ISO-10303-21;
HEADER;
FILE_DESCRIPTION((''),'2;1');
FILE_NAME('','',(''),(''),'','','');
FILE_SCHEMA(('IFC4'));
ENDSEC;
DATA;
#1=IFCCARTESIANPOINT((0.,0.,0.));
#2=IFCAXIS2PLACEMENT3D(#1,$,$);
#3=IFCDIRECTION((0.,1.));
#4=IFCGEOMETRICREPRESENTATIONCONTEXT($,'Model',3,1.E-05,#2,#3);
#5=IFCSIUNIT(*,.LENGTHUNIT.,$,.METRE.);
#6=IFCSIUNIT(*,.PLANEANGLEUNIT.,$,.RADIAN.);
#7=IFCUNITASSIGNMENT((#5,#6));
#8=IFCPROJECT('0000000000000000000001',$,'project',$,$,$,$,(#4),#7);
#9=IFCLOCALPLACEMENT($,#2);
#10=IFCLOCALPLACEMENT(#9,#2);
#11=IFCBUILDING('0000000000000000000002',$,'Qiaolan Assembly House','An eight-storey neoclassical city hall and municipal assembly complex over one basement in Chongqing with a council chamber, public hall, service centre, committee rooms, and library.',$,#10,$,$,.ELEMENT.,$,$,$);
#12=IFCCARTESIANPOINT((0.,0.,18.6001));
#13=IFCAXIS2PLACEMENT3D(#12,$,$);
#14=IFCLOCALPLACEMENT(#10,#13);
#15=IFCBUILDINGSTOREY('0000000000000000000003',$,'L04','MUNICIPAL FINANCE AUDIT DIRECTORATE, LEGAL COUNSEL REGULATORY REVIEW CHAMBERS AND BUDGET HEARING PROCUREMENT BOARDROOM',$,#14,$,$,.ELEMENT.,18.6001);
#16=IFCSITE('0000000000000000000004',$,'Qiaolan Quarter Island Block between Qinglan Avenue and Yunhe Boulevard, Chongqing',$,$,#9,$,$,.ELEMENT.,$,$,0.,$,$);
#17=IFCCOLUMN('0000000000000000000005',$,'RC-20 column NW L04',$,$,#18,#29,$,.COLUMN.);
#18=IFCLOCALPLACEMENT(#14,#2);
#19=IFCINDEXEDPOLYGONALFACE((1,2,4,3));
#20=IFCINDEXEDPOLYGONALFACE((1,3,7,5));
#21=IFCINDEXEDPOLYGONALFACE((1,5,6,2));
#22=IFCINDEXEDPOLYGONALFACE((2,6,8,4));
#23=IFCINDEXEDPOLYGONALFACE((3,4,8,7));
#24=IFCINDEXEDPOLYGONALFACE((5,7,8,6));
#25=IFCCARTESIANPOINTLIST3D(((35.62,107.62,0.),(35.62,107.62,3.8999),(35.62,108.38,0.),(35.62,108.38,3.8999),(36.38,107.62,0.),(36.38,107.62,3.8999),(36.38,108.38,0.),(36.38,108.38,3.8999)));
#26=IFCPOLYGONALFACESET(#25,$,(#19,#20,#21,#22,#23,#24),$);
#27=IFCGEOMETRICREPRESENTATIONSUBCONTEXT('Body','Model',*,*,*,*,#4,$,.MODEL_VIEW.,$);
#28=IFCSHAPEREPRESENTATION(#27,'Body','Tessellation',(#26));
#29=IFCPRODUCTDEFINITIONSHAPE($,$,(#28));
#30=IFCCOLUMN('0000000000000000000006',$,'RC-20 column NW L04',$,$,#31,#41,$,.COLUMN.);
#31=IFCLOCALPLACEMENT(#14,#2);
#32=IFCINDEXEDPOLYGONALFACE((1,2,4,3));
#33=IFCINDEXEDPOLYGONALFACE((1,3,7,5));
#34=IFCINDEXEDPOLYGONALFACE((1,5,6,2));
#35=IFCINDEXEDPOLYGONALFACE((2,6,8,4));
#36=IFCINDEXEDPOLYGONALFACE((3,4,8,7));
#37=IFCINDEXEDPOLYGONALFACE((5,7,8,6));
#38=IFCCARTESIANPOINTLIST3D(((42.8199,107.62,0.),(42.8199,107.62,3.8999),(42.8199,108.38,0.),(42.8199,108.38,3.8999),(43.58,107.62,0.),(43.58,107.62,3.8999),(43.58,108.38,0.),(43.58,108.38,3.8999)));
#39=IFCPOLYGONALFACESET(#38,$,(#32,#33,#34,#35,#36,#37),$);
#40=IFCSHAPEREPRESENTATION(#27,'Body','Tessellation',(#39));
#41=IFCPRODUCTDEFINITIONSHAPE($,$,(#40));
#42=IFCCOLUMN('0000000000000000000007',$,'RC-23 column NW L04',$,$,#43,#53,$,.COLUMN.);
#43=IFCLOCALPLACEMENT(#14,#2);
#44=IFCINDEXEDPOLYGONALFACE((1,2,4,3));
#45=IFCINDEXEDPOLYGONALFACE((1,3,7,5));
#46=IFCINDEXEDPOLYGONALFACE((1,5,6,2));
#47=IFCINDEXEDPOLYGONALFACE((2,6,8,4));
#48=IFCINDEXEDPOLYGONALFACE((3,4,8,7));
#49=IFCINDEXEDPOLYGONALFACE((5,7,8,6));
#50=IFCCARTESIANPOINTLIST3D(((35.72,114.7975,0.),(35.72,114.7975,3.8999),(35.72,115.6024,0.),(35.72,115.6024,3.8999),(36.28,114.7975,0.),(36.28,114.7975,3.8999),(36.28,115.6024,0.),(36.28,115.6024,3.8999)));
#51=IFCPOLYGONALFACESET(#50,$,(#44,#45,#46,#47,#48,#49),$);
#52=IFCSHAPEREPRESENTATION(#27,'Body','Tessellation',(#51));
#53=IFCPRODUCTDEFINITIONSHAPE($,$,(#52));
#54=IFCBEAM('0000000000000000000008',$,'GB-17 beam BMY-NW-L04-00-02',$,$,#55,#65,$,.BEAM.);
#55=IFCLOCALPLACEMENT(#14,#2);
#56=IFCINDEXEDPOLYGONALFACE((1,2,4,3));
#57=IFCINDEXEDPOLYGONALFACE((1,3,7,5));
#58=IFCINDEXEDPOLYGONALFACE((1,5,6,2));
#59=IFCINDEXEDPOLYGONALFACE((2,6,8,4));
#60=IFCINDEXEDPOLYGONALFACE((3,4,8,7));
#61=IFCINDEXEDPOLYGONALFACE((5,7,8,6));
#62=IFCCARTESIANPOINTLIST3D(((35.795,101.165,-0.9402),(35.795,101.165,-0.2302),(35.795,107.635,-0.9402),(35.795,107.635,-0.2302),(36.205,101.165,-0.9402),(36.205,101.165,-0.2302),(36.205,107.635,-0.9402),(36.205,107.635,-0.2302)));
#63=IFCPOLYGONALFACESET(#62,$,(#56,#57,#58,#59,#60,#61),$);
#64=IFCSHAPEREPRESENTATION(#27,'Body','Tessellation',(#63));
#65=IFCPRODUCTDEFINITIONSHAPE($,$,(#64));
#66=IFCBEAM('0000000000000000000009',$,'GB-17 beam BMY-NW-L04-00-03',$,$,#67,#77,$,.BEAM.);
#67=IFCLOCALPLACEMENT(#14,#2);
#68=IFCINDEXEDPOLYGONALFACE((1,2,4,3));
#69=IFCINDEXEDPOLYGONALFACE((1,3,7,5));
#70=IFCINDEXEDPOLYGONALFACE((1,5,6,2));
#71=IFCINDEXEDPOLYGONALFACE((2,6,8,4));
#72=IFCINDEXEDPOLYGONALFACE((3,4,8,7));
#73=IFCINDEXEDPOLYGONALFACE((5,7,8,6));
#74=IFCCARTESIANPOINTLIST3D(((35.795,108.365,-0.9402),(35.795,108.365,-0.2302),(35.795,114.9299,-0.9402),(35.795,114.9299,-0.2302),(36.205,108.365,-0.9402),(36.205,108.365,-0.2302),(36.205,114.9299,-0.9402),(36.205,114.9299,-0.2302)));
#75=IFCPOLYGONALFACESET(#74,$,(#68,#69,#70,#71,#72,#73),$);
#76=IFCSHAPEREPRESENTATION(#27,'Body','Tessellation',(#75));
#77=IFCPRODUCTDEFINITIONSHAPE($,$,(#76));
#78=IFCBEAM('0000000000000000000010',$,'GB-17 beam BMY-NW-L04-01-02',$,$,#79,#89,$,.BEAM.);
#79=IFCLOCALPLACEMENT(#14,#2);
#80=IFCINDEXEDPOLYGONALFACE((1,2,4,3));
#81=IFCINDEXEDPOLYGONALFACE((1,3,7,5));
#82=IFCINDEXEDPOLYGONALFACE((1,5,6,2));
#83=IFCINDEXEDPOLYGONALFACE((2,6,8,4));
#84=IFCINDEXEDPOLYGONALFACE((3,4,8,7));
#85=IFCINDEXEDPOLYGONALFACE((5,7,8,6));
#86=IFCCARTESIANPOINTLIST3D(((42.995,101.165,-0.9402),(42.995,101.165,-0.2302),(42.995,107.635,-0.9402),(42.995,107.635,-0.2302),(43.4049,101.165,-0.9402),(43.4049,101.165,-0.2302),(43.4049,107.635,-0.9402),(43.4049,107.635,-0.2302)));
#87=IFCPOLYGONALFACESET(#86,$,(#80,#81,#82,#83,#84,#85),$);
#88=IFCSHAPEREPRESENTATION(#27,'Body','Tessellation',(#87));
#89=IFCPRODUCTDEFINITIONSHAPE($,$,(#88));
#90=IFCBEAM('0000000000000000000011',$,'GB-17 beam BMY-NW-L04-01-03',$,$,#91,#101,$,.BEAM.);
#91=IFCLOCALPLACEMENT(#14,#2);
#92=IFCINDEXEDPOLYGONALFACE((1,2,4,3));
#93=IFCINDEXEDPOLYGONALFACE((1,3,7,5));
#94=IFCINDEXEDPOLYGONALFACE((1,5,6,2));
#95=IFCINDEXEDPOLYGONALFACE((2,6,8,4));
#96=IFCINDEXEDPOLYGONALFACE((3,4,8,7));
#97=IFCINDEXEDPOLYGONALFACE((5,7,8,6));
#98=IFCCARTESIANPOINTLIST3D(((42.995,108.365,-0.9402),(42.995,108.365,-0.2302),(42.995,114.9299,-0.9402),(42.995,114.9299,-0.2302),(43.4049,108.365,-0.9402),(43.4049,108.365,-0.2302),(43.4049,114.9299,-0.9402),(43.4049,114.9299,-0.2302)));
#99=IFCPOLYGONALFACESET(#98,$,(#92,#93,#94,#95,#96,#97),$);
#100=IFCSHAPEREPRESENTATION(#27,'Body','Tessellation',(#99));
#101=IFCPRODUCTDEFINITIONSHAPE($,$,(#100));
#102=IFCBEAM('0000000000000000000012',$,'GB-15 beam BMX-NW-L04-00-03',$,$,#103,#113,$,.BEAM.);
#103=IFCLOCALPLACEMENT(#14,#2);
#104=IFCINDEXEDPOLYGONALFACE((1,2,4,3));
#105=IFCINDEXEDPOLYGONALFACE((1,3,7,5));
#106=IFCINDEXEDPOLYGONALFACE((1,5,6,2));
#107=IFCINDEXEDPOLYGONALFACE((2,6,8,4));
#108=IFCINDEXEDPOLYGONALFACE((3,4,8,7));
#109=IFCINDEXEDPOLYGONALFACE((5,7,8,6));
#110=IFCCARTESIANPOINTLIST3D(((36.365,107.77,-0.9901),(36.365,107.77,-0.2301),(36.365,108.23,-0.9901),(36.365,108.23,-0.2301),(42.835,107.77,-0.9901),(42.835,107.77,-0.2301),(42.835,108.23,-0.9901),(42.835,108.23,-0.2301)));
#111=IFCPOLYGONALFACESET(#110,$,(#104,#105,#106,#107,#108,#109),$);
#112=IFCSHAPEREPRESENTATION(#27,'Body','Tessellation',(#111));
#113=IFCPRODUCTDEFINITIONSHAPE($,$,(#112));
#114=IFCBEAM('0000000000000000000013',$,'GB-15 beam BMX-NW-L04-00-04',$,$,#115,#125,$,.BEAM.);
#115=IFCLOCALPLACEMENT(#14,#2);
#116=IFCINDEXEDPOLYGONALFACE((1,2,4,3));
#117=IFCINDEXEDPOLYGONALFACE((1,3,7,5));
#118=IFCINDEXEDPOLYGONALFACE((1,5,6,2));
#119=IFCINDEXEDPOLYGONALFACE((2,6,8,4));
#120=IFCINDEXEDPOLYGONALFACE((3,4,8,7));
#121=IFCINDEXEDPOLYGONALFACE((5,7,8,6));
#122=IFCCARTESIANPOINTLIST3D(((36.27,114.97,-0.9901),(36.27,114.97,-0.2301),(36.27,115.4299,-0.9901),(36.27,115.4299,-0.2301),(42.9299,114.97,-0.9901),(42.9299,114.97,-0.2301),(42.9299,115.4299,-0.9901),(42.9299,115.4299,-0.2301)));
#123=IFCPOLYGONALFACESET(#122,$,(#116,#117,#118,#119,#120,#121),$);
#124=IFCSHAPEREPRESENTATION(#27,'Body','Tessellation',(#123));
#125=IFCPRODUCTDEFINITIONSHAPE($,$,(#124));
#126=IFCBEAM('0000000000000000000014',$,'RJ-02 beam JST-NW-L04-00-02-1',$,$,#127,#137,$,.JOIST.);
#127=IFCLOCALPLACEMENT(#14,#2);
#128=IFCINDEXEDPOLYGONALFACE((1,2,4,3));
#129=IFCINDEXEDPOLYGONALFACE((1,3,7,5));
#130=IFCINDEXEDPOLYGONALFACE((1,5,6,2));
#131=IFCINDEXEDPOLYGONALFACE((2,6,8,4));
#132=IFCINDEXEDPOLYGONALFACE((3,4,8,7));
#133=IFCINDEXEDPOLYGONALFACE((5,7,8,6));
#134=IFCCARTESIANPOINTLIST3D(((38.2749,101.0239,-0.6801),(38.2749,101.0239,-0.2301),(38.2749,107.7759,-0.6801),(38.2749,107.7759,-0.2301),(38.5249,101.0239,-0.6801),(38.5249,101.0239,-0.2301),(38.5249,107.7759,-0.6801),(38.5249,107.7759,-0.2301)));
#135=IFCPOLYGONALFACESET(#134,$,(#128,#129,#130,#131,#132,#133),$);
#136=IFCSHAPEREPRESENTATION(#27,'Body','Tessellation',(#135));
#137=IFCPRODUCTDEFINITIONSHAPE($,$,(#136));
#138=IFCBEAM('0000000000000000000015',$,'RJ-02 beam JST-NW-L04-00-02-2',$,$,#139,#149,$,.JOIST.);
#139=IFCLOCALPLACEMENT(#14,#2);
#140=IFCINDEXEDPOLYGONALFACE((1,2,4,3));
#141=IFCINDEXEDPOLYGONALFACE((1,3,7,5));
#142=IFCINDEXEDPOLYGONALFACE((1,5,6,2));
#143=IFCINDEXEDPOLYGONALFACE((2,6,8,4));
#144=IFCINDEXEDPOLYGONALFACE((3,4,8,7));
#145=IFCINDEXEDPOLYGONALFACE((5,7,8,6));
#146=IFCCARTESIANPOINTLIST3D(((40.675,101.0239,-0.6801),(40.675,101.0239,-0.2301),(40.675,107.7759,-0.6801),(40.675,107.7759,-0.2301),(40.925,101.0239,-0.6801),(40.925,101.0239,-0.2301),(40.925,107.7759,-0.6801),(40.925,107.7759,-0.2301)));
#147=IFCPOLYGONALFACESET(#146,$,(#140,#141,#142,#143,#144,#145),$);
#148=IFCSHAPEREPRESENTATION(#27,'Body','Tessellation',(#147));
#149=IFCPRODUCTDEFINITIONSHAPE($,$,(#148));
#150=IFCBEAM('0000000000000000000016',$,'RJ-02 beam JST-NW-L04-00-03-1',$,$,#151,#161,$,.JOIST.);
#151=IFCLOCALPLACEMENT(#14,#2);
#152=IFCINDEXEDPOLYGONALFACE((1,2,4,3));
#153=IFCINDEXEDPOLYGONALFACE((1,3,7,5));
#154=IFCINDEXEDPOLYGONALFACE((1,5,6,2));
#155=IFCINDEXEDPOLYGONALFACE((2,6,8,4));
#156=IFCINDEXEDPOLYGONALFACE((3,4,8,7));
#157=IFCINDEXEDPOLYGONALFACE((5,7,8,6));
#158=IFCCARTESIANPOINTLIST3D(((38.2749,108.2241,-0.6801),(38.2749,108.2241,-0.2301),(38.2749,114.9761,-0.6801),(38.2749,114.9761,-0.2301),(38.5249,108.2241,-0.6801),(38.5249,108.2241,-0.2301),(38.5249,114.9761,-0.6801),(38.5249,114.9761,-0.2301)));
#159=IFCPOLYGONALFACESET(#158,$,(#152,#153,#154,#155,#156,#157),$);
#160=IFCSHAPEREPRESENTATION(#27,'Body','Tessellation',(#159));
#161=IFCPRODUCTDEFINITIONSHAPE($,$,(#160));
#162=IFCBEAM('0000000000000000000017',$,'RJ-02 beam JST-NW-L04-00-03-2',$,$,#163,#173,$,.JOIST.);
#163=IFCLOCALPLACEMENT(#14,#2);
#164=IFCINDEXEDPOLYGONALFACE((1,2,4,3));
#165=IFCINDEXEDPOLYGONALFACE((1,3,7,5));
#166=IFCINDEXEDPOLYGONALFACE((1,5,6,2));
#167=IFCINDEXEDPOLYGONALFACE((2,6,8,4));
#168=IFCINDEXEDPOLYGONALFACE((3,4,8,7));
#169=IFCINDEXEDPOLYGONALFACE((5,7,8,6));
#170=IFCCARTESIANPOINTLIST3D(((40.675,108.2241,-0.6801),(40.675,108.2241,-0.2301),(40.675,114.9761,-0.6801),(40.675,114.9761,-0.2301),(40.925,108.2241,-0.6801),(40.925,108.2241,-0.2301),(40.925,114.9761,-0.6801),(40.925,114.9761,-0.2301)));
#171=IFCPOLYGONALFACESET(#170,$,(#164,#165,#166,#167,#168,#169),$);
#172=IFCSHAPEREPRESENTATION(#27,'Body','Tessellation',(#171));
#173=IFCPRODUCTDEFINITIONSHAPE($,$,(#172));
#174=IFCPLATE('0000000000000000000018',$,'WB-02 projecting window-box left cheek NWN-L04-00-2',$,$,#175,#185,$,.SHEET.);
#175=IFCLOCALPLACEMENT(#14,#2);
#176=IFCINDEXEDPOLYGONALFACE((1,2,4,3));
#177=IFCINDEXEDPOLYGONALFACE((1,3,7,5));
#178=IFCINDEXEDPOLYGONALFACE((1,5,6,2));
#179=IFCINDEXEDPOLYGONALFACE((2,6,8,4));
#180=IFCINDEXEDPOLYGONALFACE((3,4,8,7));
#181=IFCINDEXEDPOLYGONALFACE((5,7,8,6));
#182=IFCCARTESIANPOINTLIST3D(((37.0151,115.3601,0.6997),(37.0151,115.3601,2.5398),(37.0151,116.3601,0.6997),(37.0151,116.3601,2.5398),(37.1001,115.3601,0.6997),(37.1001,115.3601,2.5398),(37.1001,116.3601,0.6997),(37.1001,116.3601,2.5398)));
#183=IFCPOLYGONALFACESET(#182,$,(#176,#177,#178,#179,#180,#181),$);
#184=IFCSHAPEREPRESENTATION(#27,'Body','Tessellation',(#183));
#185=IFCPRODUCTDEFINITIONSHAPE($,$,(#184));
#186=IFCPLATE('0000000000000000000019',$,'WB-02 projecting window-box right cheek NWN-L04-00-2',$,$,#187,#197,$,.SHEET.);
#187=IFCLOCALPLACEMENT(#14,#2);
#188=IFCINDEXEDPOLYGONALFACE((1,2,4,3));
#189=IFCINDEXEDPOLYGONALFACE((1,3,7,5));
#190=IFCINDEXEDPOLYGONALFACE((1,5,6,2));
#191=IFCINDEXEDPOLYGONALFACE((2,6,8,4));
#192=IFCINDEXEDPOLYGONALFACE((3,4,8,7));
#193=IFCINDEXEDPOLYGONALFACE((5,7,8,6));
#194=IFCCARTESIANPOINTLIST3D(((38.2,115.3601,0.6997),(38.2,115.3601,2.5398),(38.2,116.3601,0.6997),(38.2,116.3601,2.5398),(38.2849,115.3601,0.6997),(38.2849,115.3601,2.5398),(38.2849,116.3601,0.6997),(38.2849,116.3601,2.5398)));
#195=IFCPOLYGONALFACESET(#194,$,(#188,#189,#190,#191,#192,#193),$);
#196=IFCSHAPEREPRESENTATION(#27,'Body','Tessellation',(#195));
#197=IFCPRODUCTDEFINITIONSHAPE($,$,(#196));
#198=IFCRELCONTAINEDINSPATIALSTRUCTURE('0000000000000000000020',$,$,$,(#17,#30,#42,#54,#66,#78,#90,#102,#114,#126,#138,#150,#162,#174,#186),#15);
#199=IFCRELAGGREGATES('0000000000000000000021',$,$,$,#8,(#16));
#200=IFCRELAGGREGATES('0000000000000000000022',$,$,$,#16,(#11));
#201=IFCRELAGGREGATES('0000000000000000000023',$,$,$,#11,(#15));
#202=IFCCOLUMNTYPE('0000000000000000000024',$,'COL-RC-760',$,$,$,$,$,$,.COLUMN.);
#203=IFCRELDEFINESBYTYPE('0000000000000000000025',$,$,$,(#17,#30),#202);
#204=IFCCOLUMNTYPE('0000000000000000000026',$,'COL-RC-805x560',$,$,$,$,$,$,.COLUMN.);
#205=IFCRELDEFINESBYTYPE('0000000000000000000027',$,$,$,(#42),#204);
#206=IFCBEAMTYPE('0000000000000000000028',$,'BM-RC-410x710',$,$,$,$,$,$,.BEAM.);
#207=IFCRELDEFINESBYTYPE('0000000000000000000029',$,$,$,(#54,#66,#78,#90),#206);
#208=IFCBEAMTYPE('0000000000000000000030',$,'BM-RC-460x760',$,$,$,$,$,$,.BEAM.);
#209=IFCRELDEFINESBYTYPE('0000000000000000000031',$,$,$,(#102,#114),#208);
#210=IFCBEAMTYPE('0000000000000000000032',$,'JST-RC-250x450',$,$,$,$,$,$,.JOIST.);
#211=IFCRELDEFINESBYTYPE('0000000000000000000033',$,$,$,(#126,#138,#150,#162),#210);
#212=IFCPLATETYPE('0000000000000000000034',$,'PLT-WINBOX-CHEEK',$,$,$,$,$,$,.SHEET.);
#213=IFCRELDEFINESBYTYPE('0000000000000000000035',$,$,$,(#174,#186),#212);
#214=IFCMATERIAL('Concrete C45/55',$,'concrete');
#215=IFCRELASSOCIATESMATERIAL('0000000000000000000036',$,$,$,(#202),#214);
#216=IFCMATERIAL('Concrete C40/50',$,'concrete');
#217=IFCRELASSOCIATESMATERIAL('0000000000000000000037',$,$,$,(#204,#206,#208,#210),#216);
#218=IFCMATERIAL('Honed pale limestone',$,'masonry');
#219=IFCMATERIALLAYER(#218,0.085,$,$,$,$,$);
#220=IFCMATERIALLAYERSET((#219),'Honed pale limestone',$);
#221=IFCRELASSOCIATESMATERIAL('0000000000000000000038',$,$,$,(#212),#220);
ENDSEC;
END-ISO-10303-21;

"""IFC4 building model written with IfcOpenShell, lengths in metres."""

from ifc_helpers import new_model, si_unit, direction, frame, origin, origin_2d, place, context, subcontext, project, spatial, rectangle, extrude, material, layer, layer_set, material_profile, profile_set, type_object, element, save


model = new_model("IFC4")

# Units and contexts
model_context = context("Model", 3, precision=1e-05, world=origin(), true_north=direction((0.0, 1.0)))
body_context = subcontext(model_context, "Body", "Model", "MODEL_VIEW")
ifc_project = project(units=[si_unit("LENGTHUNIT", "METRE"), si_unit("PLANEANGLEUNIT", "RADIAN")], contexts=[model_context])

# Site, building, storey
site_placement = place(None, origin())
site = spatial("IfcSite", under=ifc_project, at=site_placement, Name="Qiaolan Quarter Island Block between Qinglan Avenue and Yunhe Boulevard, Chongqing", CompositionType="ELEMENT", RefElevation=0.0)
building_placement = place(site_placement, origin())
building = spatial("IfcBuilding", under=site, at=building_placement, Name="Qiaolan Assembly House", Description="An eight-storey neoclassical city hall and municipal assembly complex over one basement in Chongqing with a council chamber, public hall, service centre, committee rooms, and library.", CompositionType="ELEMENT")
storey_placement = place(building_placement, frame((0.0, 0.0, 18.6001)))
storey = spatial("IfcBuildingStorey", under=building, at=storey_placement, Name="L04", Description="MUNICIPAL FINANCE AUDIT DIRECTORATE, LEGAL COUNSEL REGULATORY REVIEW CHAMBERS AND BUDGET HEARING PROCUREMENT BOARDROOM", CompositionType="ELEMENT", Elevation=18.6001)

# Columns
ifc_material_1 = material(Name="Concrete C45/55", Category="concrete")
ifc_material_profile_1 = material_profile(ifc_material_1, rectangle(XDim=0.76, YDim=0.76, at=origin_2d()), Name="RC 760x760")
ifc_profile_set_1 = profile_set([ifc_material_profile_1], Name="Concrete C45/55")
column_type_1 = type_object("IfcColumnType", Name="COL-RC-760", PredefinedType="COLUMN", material=ifc_profile_set_1)
for number, where, z_axis, x_axis, name in (
    (1, (36.0, 108.0, 0.0), (0.0, 0.0, 1.0), (1.0, 0.0, 0.0), "RC-20 column NW L04"),
    (2, (43.2, 108.0, 0.0), (0.0, 0.0, 1.0), (1.0, 0.0, 0.0), "RC-20 column NW L04"),
):
    element("IfcColumn", number, at=place(storey_placement, frame(where, z_axis=z_axis, x_axis=x_axis)), inside=storey, type_object=column_type_1, Name=name, PredefinedType="COLUMN", context=body_context, shape_type="SweptSolid", body=[
        extrude(rectangle(XDim=0.76, YDim=0.76, at=origin_2d()), origin(), (0.0, 0.0, 1.0), 3.8999),
    ])
ifc_material_2 = material(Name="Concrete C40/50", Category="concrete")
ifc_material_profile_2 = material_profile(ifc_material_2, rectangle(XDim=0.5601, YDim=0.8049, at=origin_2d()), Name="RC 805x560")
ifc_profile_set_2 = profile_set([ifc_material_profile_2], Name="Concrete C40/50")
column_type_2 = type_object("IfcColumnType", Name="COL-RC-805x560", PredefinedType="COLUMN", material=ifc_profile_set_2)
column_placement = place(storey_placement, frame((36.0, 115.2, 0.0), z_axis=(0.0, 0.0, 1.0), x_axis=(1.0, 0.0, 0.0)))
element("IfcColumn", 3, at=column_placement, inside=storey, type_object=column_type_2, Name="RC-23 column NW L04", PredefinedType="COLUMN", context=body_context, shape_type="SweptSolid", body=[
    extrude(rectangle(XDim=0.5601, YDim=0.8049, at=origin_2d()), origin(), (0.0, 0.0, 1.0), 3.8999),
])

# Beams
ifc_material_profile_3 = material_profile(ifc_material_2, rectangle(XDim=0.4099, YDim=0.71, at=origin_2d()), Name="RCB 410x710")
ifc_profile_set_3 = profile_set([ifc_material_profile_3], Name="Concrete C40/50")
beam_type_1 = type_object("IfcBeamType", Name="BM-RC-410x710", PredefinedType="BEAM", material=ifc_profile_set_3)
beam_1_placement = place(storey_placement, frame((36.0, 101.165, -0.5852), z_axis=(0.0, 1.0, 0.0), x_axis=(-1.0, 0.0, 0.0)))
element("IfcBeam", 4, at=beam_1_placement, inside=storey, type_object=beam_type_1, Name="GB-17 beam BMY-NW-L04-00-02", PredefinedType="BEAM", context=body_context, shape_type="SweptSolid", body=[
    extrude(rectangle(XDim=0.4099, YDim=0.71, at=origin_2d()), origin(), (0.0, 0.0, 1.0), 6.47),
])
beam_2_placement = place(storey_placement, frame((36.0, 108.365, -0.5852), z_axis=(0.0, 1.0, 0.0), x_axis=(-1.0, 0.0, 0.0)))
element("IfcBeam", 5, at=beam_2_placement, inside=storey, type_object=beam_type_1, Name="GB-17 beam BMY-NW-L04-00-03", PredefinedType="BEAM", context=body_context, shape_type="SweptSolid", body=[
    extrude(rectangle(XDim=0.4099, YDim=0.71, at=origin_2d()), origin(), (0.0, 0.0, 1.0), 6.5649),
])
beam_3_placement = place(storey_placement, frame((43.2, 101.165, -0.5852), z_axis=(0.0, 1.0, 0.0), x_axis=(-1.0, 0.0, 0.0)))
element("IfcBeam", 6, at=beam_3_placement, inside=storey, type_object=beam_type_1, Name="GB-17 beam BMY-NW-L04-01-02", PredefinedType="BEAM", context=body_context, shape_type="SweptSolid", body=[
    extrude(rectangle(XDim=0.4099, YDim=0.71, at=origin_2d()), origin(), (0.0, 0.0, 1.0), 6.47),
])
beam_4_placement = place(storey_placement, frame((43.2, 108.365, -0.5852), z_axis=(0.0, 1.0, 0.0), x_axis=(-1.0, 0.0, 0.0)))
element("IfcBeam", 7, at=beam_4_placement, inside=storey, type_object=beam_type_1, Name="GB-17 beam BMY-NW-L04-01-03", PredefinedType="BEAM", context=body_context, shape_type="SweptSolid", body=[
    extrude(rectangle(XDim=0.4099, YDim=0.71, at=origin_2d()), origin(), (0.0, 0.0, 1.0), 6.5649),
])
ifc_material_profile_4 = material_profile(ifc_material_2, rectangle(XDim=0.46, YDim=0.76, at=origin_2d()), Name="RCB 460x760")
ifc_profile_set_4 = profile_set([ifc_material_profile_4], Name="Concrete C40/50")
beam_type_2 = type_object("IfcBeamType", Name="BM-RC-460x760", PredefinedType="BEAM", material=ifc_profile_set_4)
beam_5_placement = place(storey_placement, frame((36.365, 108.0, -0.6101), z_axis=(1.0, 0.0, 0.0), x_axis=(0.0, 1.0, 0.0)))
element("IfcBeam", 8, at=beam_5_placement, inside=storey, type_object=beam_type_2, Name="GB-15 beam BMX-NW-L04-00-03", PredefinedType="BEAM", context=body_context, shape_type="SweptSolid", body=[
    extrude(rectangle(XDim=0.46, YDim=0.76, at=origin_2d()), origin(), (0.0, 0.0, 1.0), 6.47),
])
beam_6_placement = place(storey_placement, frame((36.27, 115.2, -0.6101), z_axis=(1.0, 0.0, 0.0), x_axis=(0.0, 1.0, 0.0)))
element("IfcBeam", 9, at=beam_6_placement, inside=storey, type_object=beam_type_2, Name="GB-15 beam BMX-NW-L04-00-04", PredefinedType="BEAM", context=body_context, shape_type="SweptSolid", body=[
    extrude(rectangle(XDim=0.46, YDim=0.76, at=origin_2d()), origin(), (0.0, 0.0, 1.0), 6.6599),
])
ifc_material_profile_5 = material_profile(ifc_material_2, rectangle(XDim=0.25, YDim=0.45, at=origin_2d()), Name="RCB 250x450")
ifc_profile_set_5 = profile_set([ifc_material_profile_5], Name="Concrete C40/50")
beam_type_3 = type_object("IfcBeamType", Name="JST-RC-250x450", PredefinedType="JOIST", material=ifc_profile_set_5)
for number, where, z_axis, x_axis, name in (
    (10, (38.3999, 101.0239, -0.4551), (0.0, 1.0, 0.0), (-1.0, 0.0, 0.0), "RJ-02 beam JST-NW-L04-00-02-1"),
    (11, (40.8, 101.0239, -0.4551), (0.0, 1.0, 0.0), (-1.0, 0.0, 0.0), "RJ-02 beam JST-NW-L04-00-02-2"),
    (12, (38.3999, 108.2241, -0.4551), (0.0, 1.0, 0.0), (-1.0, 0.0, 0.0), "RJ-02 beam JST-NW-L04-00-03-1"),
    (13, (40.8, 108.2241, -0.4551), (0.0, 1.0, 0.0), (-1.0, 0.0, 0.0), "RJ-02 beam JST-NW-L04-00-03-2"),
):
    element("IfcBeam", number, at=place(storey_placement, frame(where, z_axis=z_axis, x_axis=x_axis)), inside=storey, type_object=beam_type_3, Name=name, PredefinedType="JOIST", context=body_context, shape_type="SweptSolid", body=[
        extrude(rectangle(XDim=0.25, YDim=0.45, at=origin_2d()), origin(), (0.0, 0.0, 1.0), 6.752),
    ])

# Plates
ifc_material_3 = material(Name="Honed pale limestone", Category="masonry")
ifc_layer_1 = layer(ifc_material_3, 0.085)
ifc_layer_set_1 = layer_set([ifc_layer_1], Name="Honed pale limestone")
plate_type = type_object("IfcPlateType", Name="PLT-WINBOX-CHEEK", PredefinedType="SHEET", material=ifc_layer_set_1)
for number, where, z_axis, x_axis, name in (
    (14, (37.0576, 115.8601, 0.6997), (0.0, 0.0, 1.0), (1.0, 0.0, 0.0), "WB-02 projecting window-box left cheek NWN-L04-00-2"),
    (15, (38.2424, 115.8601, 0.6997), (0.0, 0.0, 1.0), (1.0, 0.0, 0.0), "WB-02 projecting window-box right cheek NWN-L04-00-2"),
):
    element("IfcPlate", number, at=place(storey_placement, frame(where, z_axis=z_axis, x_axis=x_axis)), inside=storey, type_object=plate_type, Name=name, PredefinedType="SHEET", context=body_context, shape_type="SweptSolid", body=[
        extrude(rectangle(XDim=0.085, YDim=1.0, at=origin_2d()), origin(), (0.0, 0.0, 1.0), 1.8401),
    ])

save(model, "model.ifc")
